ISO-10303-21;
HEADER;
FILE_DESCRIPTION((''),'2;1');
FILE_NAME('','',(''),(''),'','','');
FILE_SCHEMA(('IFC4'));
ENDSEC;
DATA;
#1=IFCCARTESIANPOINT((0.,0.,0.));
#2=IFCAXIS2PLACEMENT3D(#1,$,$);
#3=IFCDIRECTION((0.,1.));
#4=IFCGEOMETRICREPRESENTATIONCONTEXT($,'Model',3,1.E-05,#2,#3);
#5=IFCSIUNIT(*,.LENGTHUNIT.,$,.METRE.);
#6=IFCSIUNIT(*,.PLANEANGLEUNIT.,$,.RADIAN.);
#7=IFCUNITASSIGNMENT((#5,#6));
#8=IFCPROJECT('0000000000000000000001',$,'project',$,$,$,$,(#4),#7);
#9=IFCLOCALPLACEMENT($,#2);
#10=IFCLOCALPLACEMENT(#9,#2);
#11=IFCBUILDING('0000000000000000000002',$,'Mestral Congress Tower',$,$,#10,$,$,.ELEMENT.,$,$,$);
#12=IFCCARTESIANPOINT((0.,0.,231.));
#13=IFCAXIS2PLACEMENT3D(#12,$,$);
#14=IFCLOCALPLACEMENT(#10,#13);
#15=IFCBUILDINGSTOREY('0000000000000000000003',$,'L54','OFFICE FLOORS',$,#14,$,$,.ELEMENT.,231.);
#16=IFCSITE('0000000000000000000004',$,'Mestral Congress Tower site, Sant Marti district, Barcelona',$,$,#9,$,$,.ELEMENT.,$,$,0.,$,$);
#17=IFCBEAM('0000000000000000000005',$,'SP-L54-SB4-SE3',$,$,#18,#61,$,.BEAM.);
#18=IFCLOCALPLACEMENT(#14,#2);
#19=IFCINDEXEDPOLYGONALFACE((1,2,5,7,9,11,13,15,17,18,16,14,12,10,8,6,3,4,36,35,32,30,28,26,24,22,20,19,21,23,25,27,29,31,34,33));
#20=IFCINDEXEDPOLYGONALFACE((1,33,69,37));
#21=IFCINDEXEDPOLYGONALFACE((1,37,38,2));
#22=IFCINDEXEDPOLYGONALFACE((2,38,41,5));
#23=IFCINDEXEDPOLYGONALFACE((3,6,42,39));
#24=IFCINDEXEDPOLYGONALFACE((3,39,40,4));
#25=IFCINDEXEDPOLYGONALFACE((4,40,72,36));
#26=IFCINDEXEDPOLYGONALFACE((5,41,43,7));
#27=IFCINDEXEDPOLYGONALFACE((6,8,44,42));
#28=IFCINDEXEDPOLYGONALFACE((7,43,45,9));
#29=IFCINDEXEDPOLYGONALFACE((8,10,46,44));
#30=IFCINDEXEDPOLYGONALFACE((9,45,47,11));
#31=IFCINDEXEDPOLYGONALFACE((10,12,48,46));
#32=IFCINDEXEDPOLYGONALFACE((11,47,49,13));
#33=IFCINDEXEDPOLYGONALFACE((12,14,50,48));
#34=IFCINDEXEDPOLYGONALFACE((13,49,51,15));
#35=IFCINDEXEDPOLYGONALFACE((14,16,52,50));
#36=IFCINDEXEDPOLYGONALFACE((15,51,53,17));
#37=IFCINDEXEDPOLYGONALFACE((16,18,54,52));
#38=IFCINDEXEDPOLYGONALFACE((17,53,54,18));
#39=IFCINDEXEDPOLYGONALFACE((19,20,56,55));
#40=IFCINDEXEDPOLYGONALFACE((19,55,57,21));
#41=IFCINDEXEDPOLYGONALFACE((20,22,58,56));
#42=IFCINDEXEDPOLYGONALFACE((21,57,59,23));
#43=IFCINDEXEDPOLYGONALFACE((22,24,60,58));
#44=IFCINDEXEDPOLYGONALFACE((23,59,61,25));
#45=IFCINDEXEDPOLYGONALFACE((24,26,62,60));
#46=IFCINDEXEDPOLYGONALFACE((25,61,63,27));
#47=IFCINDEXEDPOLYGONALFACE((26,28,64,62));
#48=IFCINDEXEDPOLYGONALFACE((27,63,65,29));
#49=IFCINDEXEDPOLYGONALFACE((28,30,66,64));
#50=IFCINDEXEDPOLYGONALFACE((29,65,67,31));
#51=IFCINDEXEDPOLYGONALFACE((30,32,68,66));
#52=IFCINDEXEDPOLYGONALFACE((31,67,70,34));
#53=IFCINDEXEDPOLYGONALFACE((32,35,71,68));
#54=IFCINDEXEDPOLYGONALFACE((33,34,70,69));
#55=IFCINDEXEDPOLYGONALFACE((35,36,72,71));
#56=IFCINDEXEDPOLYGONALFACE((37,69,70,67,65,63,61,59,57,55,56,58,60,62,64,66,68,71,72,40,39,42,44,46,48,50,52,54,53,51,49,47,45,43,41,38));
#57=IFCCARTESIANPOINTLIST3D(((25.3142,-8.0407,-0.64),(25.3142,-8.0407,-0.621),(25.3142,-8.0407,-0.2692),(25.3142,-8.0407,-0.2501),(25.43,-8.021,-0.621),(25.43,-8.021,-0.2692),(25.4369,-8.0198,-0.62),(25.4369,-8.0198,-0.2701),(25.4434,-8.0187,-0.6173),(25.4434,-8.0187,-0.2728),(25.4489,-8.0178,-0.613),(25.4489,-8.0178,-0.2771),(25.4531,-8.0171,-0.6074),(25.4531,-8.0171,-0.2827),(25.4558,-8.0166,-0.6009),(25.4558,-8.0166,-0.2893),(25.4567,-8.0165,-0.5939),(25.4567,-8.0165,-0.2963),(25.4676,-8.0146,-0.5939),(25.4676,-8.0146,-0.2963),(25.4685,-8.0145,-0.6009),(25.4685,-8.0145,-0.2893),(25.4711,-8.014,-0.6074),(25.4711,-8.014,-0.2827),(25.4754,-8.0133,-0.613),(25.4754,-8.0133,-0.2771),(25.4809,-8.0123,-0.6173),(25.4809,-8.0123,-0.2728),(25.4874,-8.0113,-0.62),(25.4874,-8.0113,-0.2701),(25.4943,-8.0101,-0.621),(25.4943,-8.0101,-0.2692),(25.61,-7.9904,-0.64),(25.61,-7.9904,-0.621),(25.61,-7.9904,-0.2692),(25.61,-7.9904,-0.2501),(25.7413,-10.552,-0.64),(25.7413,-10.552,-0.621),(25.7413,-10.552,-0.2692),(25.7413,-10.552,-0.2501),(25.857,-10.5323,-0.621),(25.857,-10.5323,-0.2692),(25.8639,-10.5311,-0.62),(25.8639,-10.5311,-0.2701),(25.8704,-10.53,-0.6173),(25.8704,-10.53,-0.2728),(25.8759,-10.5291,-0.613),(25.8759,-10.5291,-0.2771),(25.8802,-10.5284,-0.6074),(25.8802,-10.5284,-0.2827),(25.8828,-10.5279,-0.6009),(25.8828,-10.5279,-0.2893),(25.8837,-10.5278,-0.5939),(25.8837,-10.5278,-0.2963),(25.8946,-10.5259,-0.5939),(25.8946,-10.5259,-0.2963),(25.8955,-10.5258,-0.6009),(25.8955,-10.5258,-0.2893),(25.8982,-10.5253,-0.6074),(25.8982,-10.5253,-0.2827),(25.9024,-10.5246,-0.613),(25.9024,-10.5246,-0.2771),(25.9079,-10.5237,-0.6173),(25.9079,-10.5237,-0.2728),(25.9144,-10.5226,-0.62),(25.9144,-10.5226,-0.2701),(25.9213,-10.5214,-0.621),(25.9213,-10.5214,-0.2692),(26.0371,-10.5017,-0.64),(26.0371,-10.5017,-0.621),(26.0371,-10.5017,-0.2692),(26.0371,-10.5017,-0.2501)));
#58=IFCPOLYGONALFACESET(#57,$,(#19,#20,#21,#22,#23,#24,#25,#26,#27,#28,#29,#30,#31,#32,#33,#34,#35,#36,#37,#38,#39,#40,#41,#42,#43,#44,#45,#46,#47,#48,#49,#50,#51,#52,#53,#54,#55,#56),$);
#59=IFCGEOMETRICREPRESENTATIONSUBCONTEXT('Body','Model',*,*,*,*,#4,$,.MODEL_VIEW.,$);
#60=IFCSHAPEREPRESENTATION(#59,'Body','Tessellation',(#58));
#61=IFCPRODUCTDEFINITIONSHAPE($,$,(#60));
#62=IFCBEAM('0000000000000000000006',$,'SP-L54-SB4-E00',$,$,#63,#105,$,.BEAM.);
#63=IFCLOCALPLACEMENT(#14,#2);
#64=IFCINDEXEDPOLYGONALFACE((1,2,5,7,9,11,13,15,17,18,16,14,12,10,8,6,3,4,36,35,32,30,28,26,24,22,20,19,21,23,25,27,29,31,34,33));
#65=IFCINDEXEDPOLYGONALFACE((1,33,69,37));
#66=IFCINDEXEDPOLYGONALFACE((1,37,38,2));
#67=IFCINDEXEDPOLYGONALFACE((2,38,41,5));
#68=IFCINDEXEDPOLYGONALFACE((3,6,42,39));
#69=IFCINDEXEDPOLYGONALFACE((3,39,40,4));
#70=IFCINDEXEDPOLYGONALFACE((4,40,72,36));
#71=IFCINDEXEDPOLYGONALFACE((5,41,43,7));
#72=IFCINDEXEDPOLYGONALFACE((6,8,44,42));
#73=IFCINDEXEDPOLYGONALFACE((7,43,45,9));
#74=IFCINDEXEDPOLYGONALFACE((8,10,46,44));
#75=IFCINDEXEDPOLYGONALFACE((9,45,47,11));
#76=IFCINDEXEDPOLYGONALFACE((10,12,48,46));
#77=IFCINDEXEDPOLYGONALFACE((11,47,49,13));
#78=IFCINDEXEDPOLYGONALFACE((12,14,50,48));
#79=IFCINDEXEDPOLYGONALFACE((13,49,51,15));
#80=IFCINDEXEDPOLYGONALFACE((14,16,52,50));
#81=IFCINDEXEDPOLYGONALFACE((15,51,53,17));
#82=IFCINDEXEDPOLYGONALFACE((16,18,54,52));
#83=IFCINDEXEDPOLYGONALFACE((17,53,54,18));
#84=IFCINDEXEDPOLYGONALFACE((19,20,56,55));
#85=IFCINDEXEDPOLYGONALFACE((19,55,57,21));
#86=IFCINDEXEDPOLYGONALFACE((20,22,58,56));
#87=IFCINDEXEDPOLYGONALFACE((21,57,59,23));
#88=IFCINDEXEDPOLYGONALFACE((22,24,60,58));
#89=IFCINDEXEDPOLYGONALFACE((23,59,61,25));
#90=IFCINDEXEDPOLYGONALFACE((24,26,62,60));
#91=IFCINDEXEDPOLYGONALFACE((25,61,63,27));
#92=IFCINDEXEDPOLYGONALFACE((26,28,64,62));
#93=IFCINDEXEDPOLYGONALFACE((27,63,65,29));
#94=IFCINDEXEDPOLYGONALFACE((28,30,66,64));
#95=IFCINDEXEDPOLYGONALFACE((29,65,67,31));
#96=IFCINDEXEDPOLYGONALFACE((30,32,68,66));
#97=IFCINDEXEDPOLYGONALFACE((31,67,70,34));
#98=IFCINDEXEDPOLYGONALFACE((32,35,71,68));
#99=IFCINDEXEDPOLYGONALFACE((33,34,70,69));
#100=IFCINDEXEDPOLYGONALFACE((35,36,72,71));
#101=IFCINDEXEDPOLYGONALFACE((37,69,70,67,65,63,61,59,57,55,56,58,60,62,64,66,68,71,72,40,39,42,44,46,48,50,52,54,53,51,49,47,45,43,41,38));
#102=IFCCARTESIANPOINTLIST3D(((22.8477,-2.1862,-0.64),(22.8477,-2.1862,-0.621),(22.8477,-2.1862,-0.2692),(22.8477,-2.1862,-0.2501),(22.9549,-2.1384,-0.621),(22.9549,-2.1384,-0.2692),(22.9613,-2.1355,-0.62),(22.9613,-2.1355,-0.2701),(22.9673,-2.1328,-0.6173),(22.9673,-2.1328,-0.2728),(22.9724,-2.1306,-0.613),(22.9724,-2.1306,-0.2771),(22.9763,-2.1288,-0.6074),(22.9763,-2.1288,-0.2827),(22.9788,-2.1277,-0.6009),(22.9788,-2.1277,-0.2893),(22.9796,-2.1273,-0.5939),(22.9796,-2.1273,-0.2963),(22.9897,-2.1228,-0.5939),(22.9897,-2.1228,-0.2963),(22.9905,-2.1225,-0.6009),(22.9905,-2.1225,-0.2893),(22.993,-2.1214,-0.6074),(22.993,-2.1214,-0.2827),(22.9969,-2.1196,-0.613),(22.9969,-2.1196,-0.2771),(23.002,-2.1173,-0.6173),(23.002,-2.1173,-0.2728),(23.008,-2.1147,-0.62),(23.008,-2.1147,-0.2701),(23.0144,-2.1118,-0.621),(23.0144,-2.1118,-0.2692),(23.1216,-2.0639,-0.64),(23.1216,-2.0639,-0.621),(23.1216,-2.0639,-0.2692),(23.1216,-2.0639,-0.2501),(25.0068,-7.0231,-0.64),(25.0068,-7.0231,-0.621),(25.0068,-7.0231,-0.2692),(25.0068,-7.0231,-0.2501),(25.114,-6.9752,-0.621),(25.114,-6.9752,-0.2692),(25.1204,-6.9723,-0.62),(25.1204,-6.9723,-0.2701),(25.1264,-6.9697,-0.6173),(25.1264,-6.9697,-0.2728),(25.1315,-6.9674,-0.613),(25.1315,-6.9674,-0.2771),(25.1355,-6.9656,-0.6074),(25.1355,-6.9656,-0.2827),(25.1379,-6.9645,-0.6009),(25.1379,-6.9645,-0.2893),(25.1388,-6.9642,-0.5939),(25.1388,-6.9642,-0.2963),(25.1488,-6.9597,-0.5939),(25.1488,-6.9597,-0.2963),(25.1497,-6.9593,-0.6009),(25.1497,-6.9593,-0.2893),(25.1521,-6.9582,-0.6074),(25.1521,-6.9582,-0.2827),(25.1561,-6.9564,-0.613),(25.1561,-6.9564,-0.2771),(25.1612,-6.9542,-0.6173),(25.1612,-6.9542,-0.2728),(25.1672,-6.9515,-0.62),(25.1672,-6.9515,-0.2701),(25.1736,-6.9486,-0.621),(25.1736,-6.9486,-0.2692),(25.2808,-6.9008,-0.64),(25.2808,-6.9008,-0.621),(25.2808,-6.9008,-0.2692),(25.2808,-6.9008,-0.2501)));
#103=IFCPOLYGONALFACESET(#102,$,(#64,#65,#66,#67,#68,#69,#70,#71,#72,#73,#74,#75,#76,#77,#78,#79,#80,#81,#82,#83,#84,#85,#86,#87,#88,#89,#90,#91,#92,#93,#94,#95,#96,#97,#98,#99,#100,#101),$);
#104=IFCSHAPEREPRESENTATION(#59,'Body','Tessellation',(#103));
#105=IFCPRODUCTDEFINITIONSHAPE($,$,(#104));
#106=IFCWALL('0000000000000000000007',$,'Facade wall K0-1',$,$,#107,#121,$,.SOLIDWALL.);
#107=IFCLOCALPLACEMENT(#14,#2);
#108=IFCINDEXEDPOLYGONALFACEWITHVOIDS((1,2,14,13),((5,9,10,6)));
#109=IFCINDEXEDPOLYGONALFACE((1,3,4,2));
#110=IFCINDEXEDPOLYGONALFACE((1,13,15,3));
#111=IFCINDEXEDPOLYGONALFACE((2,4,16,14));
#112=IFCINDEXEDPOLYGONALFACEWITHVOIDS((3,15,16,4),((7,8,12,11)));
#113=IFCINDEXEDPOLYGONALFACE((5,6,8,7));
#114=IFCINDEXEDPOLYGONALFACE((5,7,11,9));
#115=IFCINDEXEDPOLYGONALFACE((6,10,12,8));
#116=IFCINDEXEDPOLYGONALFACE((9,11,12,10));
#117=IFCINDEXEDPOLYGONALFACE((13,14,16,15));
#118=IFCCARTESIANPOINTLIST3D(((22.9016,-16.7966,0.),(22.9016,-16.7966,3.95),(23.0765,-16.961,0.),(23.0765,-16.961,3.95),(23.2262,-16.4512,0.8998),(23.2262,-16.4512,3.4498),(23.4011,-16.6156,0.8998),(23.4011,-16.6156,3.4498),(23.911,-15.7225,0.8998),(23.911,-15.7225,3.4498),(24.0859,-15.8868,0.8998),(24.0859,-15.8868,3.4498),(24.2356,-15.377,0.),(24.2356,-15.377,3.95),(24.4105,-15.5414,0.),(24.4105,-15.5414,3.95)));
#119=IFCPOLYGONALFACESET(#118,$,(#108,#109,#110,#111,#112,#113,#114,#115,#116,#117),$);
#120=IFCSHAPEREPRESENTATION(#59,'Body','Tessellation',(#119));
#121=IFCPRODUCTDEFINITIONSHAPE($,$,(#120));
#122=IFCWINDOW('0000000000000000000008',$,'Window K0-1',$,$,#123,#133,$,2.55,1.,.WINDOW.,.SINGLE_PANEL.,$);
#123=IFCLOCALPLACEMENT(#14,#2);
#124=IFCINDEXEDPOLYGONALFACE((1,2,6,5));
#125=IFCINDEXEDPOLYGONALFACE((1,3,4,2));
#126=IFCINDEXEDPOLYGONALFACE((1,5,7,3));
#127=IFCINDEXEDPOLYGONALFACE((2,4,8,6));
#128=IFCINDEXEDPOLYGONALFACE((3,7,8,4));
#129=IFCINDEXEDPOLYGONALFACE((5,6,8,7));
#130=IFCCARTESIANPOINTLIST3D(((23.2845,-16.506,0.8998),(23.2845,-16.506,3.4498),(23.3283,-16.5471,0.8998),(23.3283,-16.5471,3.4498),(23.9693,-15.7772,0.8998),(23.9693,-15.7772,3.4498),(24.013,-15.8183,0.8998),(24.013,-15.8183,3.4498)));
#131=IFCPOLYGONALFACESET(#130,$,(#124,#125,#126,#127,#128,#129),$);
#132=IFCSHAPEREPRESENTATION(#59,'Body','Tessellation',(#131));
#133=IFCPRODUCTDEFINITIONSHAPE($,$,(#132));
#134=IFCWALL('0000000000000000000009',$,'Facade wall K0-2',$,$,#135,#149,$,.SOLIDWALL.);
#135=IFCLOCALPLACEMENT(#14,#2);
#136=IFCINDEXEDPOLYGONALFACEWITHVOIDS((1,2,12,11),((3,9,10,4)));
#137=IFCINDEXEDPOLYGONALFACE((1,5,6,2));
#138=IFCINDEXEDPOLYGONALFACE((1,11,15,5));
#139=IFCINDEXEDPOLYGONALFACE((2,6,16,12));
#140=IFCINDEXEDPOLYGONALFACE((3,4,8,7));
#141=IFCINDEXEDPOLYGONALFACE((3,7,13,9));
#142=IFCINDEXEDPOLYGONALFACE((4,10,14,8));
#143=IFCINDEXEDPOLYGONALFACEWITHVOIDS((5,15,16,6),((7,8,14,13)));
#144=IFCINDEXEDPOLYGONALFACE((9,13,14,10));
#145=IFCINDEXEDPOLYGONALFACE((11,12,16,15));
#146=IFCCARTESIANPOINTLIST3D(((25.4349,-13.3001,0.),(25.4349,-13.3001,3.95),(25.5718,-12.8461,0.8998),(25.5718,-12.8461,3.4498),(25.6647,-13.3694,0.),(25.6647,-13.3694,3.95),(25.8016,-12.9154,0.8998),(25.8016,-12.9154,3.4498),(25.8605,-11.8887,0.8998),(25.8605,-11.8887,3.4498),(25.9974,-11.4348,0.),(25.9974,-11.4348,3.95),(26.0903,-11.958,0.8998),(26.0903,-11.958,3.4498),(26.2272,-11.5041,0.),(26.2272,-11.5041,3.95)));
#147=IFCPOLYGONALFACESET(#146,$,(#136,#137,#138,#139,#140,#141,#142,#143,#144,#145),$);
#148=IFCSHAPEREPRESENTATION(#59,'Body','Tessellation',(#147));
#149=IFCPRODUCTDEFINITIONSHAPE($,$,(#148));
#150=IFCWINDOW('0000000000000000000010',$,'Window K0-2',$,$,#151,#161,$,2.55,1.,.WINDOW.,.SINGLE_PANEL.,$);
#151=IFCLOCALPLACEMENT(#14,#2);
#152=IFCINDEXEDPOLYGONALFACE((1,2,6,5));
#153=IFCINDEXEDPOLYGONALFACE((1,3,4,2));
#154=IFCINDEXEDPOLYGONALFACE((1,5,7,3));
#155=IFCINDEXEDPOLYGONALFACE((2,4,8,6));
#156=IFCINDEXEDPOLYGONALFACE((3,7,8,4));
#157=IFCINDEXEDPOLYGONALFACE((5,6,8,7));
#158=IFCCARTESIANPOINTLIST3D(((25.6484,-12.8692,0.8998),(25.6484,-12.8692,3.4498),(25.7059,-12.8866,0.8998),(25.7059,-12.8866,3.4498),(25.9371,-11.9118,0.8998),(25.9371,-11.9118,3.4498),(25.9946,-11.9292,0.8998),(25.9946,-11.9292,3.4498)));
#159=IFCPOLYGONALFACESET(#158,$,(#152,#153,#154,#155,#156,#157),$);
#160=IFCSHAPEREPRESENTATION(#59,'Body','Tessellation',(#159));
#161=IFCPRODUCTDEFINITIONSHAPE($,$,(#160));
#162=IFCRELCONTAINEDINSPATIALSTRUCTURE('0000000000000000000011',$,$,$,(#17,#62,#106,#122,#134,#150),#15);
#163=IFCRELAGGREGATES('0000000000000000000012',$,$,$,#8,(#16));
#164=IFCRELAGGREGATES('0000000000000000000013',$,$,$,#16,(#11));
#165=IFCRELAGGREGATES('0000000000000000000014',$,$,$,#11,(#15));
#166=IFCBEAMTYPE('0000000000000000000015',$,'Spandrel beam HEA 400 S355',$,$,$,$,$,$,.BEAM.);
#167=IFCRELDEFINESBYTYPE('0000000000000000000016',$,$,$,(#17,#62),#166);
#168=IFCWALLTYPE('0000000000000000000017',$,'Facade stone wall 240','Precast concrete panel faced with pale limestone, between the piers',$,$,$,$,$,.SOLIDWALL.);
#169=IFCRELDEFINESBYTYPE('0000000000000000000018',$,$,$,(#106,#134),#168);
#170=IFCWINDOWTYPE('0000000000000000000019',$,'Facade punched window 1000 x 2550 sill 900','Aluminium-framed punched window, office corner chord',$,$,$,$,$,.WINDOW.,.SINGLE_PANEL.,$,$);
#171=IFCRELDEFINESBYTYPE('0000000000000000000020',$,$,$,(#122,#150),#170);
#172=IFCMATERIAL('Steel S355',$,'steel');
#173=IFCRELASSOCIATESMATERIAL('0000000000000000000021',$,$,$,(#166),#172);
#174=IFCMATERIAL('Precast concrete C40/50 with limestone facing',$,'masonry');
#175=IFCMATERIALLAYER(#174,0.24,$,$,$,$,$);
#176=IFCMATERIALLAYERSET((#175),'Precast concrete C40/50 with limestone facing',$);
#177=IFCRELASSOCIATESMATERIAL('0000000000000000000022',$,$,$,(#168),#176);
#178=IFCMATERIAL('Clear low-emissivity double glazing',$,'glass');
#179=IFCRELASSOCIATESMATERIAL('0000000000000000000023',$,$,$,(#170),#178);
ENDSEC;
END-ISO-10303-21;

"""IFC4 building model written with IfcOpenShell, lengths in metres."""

from ifc_helpers import new_model, si_unit, direction, frame, frame_2d, origin, origin_2d, place, context, subcontext, project, spatial, rectangle, i_section, extrude, material, layer, layer_set, material_profile, profile_set, type_object, element, fill, save


model = new_model("IFC4")

# Units and contexts
model_context = context("Model", 3, precision=1e-05, world=origin(), true_north=direction((0.0, 1.0)))
body_context = subcontext(model_context, "Body", "Model", "MODEL_VIEW")
ifc_project = project(units=[si_unit("LENGTHUNIT", "METRE"), si_unit("PLANEANGLEUNIT", "RADIAN")], contexts=[model_context])

# Site, building, storey
site_placement = place(None, origin())
site = spatial("IfcSite", under=ifc_project, at=site_placement, Name="Mestral Congress Tower site, Sant Marti district, Barcelona", CompositionType="ELEMENT", RefElevation=0.0)
building_placement = place(site_placement, origin())
building = spatial("IfcBuilding", under=site, at=building_placement, Name="Mestral Congress Tower", CompositionType="ELEMENT")
storey_placement = place(building_placement, frame((0.0, 0.0, 231.0)))
storey = spatial("IfcBuildingStorey", under=building, at=storey_placement, Name="L54", Description="OFFICE FLOORS", CompositionType="ELEMENT", Elevation=231.0)

# Beams
ifc_material_1 = material(Name="Steel S355", Category="steel")
ifc_material_profile_1 = material_profile(ifc_material_1, i_section(OverallWidth=0.3, OverallDepth=0.3899, WebThickness=0.011, FlangeThickness=0.019, FilletRadius=0.0271, at=origin_2d()), Name="HEA 400")
ifc_profile_set_1 = profile_set([ifc_material_profile_1], Name="Steel S355")
beam_type_1 = type_object("IfcBeamType", Name="Spandrel beam HEA 400 S355", PredefinedType="BEAM", material=ifc_profile_set_1)
beam_1_placement = place(storey_placement, frame((25.8892, -10.5269, -0.4451), z_axis=(-0.167631, 0.98585, 0.0), x_axis=(-0.98585, -0.167631, 0.0)))
element("IfcBeam", 1, at=beam_1_placement, inside=storey, type_object=beam_type_1, Name="SP-L54-SB4-SE3", PredefinedType="BEAM", context=body_context, shape_type="SweptSolid", body=[
    extrude(i_section(OverallWidth=0.3, OverallDepth=0.3899, WebThickness=0.011, FlangeThickness=0.019, FilletRadius=0.0271, at=origin_2d()), origin(), (0.0, 0.0, 1.0), 2.5474),
])
beam_2_placement = place(storey_placement, frame((25.1438, -6.9619, -0.4451), z_axis=(-0.407626, 0.913149, 0.0), x_axis=(-0.913149, -0.407626, 0.0)))
element("IfcBeam", 2, at=beam_2_placement, inside=storey, type_object=beam_type_1, Name="SP-L54-SB4-E00", PredefinedType="BEAM", context=body_context, shape_type="SweptSolid", body=[
    extrude(i_section(OverallWidth=0.3, OverallDepth=0.3899, WebThickness=0.011, FlangeThickness=0.019, FilletRadius=0.0271, at=origin_2d()), origin(), (0.0, 0.0, 1.0), 5.2969),
])

# Walls, openings, windows
ifc_material_2 = material(Name="Precast concrete C40/50 with limestone facing", Category="masonry")
ifc_layer_1 = layer(ifc_material_2, 0.24)
ifc_layer_set_1 = layer_set([ifc_layer_1], Name="Precast concrete C40/50 with limestone facing")
wall_type_1 = type_object("IfcWallType", Name="Facade stone wall 240", Description="Precast concrete panel faced with pale limestone, between the piers", PredefinedType="SOLIDWALL", material=ifc_layer_set_1)
wall_1_placement = place(storey_placement, frame((22.989, -16.8789, 0.0), z_axis=(0.0, 0.0, 1.0), x_axis=(0.68477, 0.728759, 0.0)))
wall_1 = element("IfcWall", 3, at=wall_1_placement, inside=storey, type_object=wall_type_1, Name="Facade wall K0-1", PredefinedType="SOLIDWALL", context=body_context, shape_type="SweptSolid", body=[
    extrude(rectangle(XDim=1.948, YDim=0.24, at=frame_2d((0.9741, 0.0))), origin(), (0.0, 0.0, 1.0), 3.95),
])
opening_1_placement = place(wall_1_placement, frame((0.4741, 0.0, 0.8999)))
opening_1 = element("IfcOpeningElement", 4, at=opening_1_placement, cuts=wall_1, PredefinedType="OPENING", context=body_context, shape_type="SweptSolid", body=[
    extrude(rectangle(XDim=1.0, YDim=2.55, at=frame_2d((0.5, 1.2749))), frame((0.0, 0.1299, 0.0), z_axis=(0.0, -1.0, 0.0), x_axis=(1.0, 0.0, 0.0)), (0.0, 0.0, 1.0), 0.26),
])
ifc_material_3 = material(Name="Clear low-emissivity double glazing", Category="glass")
window_type_1 = type_object("IfcWindowType", Name="Facade punched window 1000 x 2550 sill 900", Description="Aluminium-framed punched window, office corner chord", PartitioningType="SINGLE_PANEL", PredefinedType="WINDOW", material=ifc_material_3)
window_1_placement = place(opening_1_placement, origin())
window_1 = element("IfcWindow", 5, at=window_1_placement, inside=storey, type_object=window_type_1, Name="Window K0-1", OverallHeight=2.55, OverallWidth=1.0, PartitioningType="SINGLE_PANEL", PredefinedType="WINDOW", context=body_context, shape_type="SweptSolid", body=[
    extrude(rectangle(XDim=1.0, YDim=2.55, at=frame_2d((0.5, 1.2749))), frame((0.0, 0.04, 0.0), z_axis=(0.0, -1.0, 0.0), x_axis=(1.0, 0.0, 0.0)), (0.0, 0.0, 1.0), 0.0601),
])
fill(opening_1, window_1)
wall_2_placement = place(storey_placement, frame((25.5498, -13.3347, 0.0), z_axis=(0.0, 0.0, 1.0), x_axis=(0.288727, 0.957411, 0.0)))
wall_2 = element("IfcWall", 6, at=wall_2_placement, inside=storey, type_object=wall_type_1, Name="Facade wall K0-2", PredefinedType="SOLIDWALL", context=body_context, shape_type="SweptSolid", body=[
    extrude(rectangle(XDim=1.9482, YDim=0.24, at=frame_2d((0.9741, 0.0))), origin(), (0.0, 0.0, 1.0), 3.95),
])
opening_2_placement = place(wall_2_placement, frame((0.4741, 0.0, 0.8999)))
opening_2 = element("IfcOpeningElement", 7, at=opening_2_placement, cuts=wall_2, PredefinedType="OPENING", context=body_context, shape_type="SweptSolid", body=[
    extrude(rectangle(XDim=1.0, YDim=2.55, at=frame_2d((0.5, 1.2749))), frame((0.0, 0.1299, 0.0), z_axis=(0.0, -1.0, 0.0), x_axis=(1.0, 0.0, 0.0)), (0.0, 0.0, 1.0), 0.26),
])
window_2_placement = place(opening_2_placement, origin())
window_2 = element("IfcWindow", 8, at=window_2_placement, inside=storey, type_object=window_type_1, Name="Window K0-2", OverallHeight=2.55, OverallWidth=1.0, PartitioningType="SINGLE_PANEL", PredefinedType="WINDOW", context=body_context, shape_type="SweptSolid", body=[
    extrude(rectangle(XDim=1.0, YDim=2.55, at=frame_2d((0.5, 1.2749))), frame((0.0, 0.04, 0.0), z_axis=(0.0, -1.0, 0.0), x_axis=(1.0, 0.0, 0.0)), (0.0, 0.0, 1.0), 0.0601),
])
fill(opening_2, window_2)

save(model, "model.ifc")
